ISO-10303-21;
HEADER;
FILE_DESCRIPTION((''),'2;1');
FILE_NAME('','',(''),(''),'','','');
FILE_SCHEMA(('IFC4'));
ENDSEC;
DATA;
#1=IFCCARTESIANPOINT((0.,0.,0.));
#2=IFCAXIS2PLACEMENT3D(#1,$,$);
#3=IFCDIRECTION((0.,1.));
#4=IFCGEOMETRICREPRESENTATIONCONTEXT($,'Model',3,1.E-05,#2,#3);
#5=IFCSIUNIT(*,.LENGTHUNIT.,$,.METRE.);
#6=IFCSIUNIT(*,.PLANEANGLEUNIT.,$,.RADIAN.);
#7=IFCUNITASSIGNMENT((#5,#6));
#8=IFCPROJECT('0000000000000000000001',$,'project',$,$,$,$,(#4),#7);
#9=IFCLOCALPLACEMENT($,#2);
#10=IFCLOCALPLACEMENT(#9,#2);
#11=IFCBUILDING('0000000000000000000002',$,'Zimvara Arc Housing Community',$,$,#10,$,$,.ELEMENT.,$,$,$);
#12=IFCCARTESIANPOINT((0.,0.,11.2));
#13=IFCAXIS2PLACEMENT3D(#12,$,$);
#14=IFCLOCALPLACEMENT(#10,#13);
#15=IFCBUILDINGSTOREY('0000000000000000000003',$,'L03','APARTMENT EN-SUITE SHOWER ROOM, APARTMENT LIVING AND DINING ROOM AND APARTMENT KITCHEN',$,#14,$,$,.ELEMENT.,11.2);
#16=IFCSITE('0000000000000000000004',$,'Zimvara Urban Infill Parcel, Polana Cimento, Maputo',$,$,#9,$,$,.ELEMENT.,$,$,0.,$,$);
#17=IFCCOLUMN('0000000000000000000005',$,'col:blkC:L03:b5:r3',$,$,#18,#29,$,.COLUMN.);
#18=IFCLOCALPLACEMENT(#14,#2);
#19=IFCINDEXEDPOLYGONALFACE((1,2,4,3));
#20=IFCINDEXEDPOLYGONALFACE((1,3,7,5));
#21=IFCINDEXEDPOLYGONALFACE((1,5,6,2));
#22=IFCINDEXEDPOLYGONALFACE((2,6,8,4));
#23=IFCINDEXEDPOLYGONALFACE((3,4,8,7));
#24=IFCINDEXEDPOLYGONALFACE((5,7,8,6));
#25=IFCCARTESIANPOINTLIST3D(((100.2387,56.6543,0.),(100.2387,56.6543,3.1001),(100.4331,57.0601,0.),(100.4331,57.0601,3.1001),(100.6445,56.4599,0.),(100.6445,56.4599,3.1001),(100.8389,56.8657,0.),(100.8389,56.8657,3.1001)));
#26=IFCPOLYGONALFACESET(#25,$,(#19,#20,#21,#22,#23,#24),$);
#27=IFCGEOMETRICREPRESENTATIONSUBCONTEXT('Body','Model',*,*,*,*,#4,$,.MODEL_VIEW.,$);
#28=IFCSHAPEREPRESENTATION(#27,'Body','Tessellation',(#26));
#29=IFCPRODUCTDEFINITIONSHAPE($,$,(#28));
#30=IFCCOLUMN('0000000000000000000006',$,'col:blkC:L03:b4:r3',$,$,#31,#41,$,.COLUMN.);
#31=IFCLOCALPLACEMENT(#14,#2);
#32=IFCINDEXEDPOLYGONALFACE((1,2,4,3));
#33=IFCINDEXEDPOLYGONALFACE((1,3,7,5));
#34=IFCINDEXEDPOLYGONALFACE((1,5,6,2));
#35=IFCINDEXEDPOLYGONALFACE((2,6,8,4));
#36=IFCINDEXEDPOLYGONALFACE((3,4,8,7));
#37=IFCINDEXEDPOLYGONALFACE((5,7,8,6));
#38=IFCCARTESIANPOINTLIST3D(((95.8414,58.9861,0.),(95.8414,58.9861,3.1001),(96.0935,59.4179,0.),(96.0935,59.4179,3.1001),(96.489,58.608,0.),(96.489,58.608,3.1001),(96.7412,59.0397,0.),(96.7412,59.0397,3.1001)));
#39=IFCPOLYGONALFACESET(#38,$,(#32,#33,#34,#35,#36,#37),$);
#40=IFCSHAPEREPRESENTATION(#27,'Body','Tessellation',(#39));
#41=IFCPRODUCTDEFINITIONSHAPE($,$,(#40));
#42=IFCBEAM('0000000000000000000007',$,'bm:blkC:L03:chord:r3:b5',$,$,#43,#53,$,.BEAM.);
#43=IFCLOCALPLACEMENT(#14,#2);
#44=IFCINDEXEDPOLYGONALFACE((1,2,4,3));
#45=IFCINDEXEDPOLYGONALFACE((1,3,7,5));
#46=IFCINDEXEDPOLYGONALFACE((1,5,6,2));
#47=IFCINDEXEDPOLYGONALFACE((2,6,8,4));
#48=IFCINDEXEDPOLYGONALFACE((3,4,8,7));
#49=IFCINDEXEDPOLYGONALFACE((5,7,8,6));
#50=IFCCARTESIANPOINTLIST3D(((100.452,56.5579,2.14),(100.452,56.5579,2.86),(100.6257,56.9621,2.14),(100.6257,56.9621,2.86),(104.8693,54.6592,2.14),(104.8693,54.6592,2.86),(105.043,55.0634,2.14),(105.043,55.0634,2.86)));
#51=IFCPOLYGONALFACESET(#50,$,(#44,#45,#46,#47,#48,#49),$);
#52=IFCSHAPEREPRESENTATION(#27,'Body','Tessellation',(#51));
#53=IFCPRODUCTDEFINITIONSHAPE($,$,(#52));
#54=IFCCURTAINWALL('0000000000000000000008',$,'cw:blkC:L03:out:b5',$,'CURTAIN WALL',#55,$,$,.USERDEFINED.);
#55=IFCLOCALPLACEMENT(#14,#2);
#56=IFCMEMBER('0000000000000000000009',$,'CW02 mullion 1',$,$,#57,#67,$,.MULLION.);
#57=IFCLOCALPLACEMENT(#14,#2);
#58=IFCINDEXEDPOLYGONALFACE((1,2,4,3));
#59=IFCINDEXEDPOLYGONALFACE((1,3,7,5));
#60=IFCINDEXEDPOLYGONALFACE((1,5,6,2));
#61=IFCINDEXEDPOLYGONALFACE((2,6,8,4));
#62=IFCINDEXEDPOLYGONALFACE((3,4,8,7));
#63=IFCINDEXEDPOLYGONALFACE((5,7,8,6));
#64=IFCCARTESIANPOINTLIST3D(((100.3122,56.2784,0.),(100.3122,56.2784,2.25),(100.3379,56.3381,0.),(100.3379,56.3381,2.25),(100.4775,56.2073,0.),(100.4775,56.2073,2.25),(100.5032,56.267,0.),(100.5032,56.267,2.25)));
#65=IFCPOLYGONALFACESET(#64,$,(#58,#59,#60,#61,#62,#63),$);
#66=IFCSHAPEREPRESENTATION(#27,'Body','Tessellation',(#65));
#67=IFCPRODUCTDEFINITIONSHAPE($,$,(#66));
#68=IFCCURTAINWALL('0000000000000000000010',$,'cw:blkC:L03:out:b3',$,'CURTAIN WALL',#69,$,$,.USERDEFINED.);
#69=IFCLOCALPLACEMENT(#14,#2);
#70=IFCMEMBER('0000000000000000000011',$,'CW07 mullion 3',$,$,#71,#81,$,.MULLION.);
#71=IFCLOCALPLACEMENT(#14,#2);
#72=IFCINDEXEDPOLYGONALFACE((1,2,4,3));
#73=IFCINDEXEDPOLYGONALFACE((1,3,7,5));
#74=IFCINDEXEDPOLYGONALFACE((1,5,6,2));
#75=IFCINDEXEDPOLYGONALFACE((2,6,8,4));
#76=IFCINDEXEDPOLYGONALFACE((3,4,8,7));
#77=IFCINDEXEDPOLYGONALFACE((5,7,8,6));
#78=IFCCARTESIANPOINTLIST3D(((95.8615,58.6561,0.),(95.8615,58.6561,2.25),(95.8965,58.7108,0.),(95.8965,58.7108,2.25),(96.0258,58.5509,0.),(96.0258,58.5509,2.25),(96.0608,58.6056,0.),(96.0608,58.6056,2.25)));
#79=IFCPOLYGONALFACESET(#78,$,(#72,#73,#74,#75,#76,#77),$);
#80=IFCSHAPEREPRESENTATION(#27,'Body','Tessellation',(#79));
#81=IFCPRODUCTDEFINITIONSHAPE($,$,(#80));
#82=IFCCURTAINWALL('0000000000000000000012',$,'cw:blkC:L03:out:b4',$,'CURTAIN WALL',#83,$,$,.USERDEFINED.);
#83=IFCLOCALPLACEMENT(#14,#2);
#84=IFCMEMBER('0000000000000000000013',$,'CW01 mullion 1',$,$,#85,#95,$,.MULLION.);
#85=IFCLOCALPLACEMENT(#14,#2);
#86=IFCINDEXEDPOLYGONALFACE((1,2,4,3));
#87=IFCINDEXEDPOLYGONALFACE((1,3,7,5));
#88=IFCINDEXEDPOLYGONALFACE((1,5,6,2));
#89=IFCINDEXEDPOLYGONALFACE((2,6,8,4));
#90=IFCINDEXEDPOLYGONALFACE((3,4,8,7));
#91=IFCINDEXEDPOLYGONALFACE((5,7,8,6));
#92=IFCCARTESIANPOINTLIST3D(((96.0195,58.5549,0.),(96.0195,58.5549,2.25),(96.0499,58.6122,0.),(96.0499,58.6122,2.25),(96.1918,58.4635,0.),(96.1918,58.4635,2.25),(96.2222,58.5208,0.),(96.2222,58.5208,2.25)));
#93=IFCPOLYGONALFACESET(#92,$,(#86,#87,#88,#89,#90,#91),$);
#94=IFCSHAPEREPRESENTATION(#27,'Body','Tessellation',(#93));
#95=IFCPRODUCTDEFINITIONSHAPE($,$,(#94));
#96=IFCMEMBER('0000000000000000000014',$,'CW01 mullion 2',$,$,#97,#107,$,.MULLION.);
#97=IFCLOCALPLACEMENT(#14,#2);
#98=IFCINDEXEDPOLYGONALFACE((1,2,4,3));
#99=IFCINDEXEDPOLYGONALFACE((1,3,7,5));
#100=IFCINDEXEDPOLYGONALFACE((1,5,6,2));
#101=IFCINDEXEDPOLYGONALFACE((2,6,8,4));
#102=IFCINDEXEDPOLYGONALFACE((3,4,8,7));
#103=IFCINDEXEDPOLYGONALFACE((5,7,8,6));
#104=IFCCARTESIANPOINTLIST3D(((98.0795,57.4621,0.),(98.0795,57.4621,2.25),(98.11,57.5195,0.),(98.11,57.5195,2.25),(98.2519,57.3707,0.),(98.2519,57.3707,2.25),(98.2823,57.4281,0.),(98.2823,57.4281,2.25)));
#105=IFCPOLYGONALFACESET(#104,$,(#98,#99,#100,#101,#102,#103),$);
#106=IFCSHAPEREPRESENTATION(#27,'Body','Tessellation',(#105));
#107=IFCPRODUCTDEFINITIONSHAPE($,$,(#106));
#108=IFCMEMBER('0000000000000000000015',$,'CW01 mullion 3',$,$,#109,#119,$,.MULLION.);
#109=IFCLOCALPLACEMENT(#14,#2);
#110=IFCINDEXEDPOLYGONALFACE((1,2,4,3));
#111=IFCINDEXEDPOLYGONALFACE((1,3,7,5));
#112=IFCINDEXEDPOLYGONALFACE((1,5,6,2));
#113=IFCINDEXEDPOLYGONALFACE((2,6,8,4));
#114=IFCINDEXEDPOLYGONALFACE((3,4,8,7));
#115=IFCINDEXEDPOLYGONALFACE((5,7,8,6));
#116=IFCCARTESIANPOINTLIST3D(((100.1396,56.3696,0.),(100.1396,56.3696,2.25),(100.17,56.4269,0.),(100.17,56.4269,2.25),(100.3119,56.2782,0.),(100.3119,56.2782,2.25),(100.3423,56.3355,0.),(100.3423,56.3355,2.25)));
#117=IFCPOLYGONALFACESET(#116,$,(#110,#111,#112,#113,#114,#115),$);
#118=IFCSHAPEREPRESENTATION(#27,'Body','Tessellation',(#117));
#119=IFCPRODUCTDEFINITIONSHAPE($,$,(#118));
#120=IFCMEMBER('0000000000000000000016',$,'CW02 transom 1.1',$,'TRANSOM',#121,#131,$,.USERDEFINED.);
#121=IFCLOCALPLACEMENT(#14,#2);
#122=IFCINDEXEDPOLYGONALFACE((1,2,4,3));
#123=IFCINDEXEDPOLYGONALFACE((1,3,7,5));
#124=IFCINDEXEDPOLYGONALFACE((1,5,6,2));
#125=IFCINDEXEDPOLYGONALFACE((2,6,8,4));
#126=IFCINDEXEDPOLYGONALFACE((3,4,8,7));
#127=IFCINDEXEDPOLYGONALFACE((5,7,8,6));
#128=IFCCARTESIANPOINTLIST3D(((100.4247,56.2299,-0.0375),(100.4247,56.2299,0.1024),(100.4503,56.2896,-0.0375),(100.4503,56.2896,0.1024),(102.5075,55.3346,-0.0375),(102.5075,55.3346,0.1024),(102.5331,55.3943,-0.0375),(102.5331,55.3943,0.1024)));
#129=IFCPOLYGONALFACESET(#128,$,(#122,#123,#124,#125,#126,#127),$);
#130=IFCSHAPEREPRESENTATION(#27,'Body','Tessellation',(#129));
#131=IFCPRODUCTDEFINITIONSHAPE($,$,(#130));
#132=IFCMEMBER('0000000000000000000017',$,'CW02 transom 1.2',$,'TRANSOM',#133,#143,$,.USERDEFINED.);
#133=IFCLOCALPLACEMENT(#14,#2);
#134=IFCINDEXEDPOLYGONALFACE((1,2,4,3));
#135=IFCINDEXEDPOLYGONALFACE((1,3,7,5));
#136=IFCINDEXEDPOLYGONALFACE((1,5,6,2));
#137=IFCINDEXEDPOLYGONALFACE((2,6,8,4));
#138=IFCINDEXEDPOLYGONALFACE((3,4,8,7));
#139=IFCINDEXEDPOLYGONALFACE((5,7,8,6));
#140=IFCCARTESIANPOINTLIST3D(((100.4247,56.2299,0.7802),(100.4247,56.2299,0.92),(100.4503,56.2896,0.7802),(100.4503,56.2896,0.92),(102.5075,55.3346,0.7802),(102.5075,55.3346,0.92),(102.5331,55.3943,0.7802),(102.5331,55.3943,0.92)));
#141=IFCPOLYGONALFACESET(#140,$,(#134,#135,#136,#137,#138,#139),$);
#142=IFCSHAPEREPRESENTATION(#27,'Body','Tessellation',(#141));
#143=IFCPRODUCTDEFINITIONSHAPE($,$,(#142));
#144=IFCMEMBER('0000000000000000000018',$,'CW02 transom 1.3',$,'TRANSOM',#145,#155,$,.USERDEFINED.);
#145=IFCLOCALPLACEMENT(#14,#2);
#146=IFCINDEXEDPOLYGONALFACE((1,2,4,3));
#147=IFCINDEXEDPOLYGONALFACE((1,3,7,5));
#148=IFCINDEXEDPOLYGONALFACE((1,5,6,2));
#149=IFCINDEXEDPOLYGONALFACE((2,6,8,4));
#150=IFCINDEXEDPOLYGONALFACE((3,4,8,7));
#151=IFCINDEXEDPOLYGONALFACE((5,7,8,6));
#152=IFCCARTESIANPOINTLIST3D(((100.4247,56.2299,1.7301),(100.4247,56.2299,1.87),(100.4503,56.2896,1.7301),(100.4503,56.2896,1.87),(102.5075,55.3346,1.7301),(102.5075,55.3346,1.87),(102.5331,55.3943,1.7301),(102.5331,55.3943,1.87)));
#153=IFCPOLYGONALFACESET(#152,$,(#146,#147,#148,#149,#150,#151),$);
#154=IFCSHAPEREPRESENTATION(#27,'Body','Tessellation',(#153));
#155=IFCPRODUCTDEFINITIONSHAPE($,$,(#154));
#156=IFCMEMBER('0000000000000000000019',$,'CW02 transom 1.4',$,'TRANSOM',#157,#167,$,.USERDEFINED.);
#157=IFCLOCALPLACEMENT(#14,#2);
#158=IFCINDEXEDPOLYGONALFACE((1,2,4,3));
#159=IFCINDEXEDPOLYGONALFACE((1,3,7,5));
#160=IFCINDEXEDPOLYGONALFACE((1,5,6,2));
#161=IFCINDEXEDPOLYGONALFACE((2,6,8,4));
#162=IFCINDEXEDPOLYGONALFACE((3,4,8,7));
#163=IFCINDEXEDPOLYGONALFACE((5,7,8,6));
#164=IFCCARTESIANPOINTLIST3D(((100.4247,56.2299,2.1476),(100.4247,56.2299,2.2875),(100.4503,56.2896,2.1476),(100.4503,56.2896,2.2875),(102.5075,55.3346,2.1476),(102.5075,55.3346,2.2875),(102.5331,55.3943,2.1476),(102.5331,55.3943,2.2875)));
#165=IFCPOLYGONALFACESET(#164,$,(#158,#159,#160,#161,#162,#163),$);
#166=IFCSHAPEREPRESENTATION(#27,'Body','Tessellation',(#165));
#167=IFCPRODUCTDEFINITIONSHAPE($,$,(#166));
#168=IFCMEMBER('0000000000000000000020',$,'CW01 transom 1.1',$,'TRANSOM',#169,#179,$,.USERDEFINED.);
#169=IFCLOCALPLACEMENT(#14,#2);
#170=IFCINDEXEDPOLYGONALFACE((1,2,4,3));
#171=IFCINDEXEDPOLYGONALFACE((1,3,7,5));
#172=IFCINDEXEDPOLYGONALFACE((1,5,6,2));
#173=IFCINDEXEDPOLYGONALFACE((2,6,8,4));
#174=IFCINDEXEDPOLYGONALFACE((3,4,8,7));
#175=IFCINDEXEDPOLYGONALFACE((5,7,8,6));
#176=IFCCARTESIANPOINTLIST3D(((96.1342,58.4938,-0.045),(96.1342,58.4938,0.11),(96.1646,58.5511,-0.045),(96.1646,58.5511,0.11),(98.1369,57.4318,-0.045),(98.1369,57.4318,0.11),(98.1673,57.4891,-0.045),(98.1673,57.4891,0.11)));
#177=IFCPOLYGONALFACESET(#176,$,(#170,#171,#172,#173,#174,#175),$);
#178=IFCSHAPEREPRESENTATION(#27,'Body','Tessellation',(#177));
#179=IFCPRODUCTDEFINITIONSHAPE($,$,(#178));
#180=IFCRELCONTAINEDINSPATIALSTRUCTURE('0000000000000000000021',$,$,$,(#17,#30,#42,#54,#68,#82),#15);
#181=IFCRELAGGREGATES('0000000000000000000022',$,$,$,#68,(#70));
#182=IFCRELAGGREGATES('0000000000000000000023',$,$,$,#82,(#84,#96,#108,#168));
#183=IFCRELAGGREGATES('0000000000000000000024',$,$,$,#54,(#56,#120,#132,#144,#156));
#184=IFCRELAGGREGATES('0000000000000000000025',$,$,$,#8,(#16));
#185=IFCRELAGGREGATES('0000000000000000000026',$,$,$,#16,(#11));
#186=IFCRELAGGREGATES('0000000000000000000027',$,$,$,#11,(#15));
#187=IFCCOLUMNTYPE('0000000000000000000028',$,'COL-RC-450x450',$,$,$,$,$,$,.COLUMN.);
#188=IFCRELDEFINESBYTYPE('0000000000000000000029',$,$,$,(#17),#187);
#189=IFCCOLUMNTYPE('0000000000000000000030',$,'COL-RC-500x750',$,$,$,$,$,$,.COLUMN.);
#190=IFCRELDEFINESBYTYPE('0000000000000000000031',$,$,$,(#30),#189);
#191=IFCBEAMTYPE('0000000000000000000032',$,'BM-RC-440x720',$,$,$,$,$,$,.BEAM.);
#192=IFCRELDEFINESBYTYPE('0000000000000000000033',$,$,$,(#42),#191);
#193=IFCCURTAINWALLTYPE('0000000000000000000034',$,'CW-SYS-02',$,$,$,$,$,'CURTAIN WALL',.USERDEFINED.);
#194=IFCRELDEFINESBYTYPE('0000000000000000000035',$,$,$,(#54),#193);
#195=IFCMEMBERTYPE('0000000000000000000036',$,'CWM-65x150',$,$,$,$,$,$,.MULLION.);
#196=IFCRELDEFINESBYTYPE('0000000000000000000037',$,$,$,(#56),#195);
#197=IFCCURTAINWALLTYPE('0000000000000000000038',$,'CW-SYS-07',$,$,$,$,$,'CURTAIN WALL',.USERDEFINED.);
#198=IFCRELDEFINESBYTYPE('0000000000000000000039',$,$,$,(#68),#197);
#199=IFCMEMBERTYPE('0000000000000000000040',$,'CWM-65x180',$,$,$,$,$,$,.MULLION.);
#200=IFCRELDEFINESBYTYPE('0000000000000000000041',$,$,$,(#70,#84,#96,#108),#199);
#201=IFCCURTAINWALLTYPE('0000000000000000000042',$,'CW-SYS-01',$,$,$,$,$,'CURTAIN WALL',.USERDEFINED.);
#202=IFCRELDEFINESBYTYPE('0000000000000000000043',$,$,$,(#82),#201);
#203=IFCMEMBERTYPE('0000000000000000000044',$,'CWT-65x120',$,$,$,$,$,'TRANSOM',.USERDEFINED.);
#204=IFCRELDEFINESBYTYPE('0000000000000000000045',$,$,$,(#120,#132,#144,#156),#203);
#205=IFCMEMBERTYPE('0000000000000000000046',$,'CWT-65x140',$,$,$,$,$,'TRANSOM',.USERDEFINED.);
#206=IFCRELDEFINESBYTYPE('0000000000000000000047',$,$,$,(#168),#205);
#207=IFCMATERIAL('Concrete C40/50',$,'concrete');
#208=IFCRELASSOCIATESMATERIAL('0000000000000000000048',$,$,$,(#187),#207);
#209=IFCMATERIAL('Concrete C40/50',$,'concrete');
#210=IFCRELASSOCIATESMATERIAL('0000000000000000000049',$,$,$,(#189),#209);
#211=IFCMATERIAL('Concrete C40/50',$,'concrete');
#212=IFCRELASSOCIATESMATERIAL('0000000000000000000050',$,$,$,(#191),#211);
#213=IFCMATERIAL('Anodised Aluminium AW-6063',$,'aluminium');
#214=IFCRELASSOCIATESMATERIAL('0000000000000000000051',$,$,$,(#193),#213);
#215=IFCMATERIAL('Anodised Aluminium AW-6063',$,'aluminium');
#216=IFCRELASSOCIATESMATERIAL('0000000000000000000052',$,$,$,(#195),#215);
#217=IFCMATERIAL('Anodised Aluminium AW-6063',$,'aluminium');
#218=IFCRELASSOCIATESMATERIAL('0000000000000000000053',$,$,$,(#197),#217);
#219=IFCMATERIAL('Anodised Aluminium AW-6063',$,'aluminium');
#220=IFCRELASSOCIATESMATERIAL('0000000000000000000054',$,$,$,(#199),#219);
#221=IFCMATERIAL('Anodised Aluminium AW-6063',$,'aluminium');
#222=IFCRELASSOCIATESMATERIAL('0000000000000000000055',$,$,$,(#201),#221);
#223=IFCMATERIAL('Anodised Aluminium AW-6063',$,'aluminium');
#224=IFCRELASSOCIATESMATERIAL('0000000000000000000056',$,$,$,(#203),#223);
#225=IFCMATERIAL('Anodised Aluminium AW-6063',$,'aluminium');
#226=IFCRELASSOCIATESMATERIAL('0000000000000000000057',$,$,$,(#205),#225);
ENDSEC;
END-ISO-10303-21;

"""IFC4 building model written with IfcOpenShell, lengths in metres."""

from ifc_helpers import new_model, si_unit, direction, frame, origin, origin_2d, place, context, subcontext, project, spatial, rectangle, extrude, material, material_profile, profile_set, type_object, element, aggregate, save


model = new_model("IFC4")

# Units and contexts
model_context = context("Model", 3, precision=1e-05, world=origin(), true_north=direction((0.0, 1.0)))
body_context = subcontext(model_context, "Body", "Model", "MODEL_VIEW")
ifc_project = project(units=[si_unit("LENGTHUNIT", "METRE"), si_unit("PLANEANGLEUNIT", "RADIAN")], contexts=[model_context])

# Site, building, storey
site_placement = place(None, origin())
site = spatial("IfcSite", under=ifc_project, at=site_placement, Name="Zimvara Urban Infill Parcel, Polana Cimento, Maputo", CompositionType="ELEMENT", RefElevation=0.0)
building_placement = place(site_placement, origin())
building = spatial("IfcBuilding", under=site, at=building_placement, Name="Zimvara Arc Housing Community", CompositionType="ELEMENT")
storey_placement = place(building_placement, frame((0.0, 0.0, 11.2)))
storey = spatial("IfcBuildingStorey", under=building, at=storey_placement, Name="L03", Description="APARTMENT EN-SUITE SHOWER ROOM, APARTMENT LIVING AND DINING ROOM AND APARTMENT KITCHEN", CompositionType="ELEMENT", Elevation=11.2)

# Columns
ifc_material_1 = material(Name="Concrete C40/50", Category="concrete")
ifc_material_profile_1 = material_profile(ifc_material_1, rectangle(XDim=0.45, YDim=0.45, at=origin_2d()), Name="RC 450x450")
ifc_profile_set_1 = profile_set([ifc_material_profile_1], Name="Concrete C40/50")
column_type_1 = type_object("IfcColumnType", Name="COL-RC-450x450", PredefinedType="COLUMN", material=ifc_profile_set_1)
column_1_placement = place(storey_placement, frame((100.5388, 56.76, 0.0), z_axis=(0.0, 0.0, 1.0), x_axis=(-0.432086, -0.901833, 0.0)))
element("IfcColumn", 1, at=column_1_placement, inside=storey, type_object=column_type_1, Name="col:blkC:L03:b5:r3", PredefinedType="COLUMN", context=body_context, shape_type="SweptSolid", body=[
    extrude(rectangle(XDim=0.45, YDim=0.45, at=origin_2d()), origin(), (0.0, 0.0, 1.0), 3.1001),
])
ifc_material_2 = material(Name="Concrete C40/50", Category="concrete")
ifc_material_profile_2 = material_profile(ifc_material_2, rectangle(XDim=0.5, YDim=0.75, at=origin_2d()), Name="RC 500x750")
ifc_profile_set_2 = profile_set([ifc_material_profile_2], Name="Concrete C40/50")
column_type_2 = type_object("IfcColumnType", Name="COL-RC-500x750", PredefinedType="COLUMN", material=ifc_profile_set_2)
column_2_placement = place(storey_placement, frame((96.2913, 59.0129, 0.0), z_axis=(0.0, 0.0, 1.0), x_axis=(-0.504226, -0.863572, 0.0)))
element("IfcColumn", 2, at=column_2_placement, inside=storey, type_object=column_type_2, Name="col:blkC:L03:b4:r3", PredefinedType="COLUMN", context=body_context, shape_type="SweptSolid", body=[
    extrude(rectangle(XDim=0.5, YDim=0.75, at=origin_2d()), origin(), (0.0, 0.0, 1.0), 3.1001),
])

# Beam
ifc_material_3 = material(Name="Concrete C40/50", Category="concrete")
ifc_material_profile_3 = material_profile(ifc_material_3, rectangle(XDim=0.4399, YDim=0.72, at=origin_2d()), Name="RC 440x720")
ifc_profile_set_3 = profile_set([ifc_material_profile_3], Name="Concrete C40/50")
beam_type = type_object("IfcBeamType", Name="BM-RC-440x720", PredefinedType="BEAM", material=ifc_profile_set_3)
beam_placement = place(storey_placement, frame((100.5388, 56.76, 2.5), z_axis=(0.918724, -0.3949, 0.0), x_axis=(0.3949, 0.918724, 0.0)))
element("IfcBeam", 3, at=beam_placement, inside=storey, type_object=beam_type, Name="bm:blkC:L03:chord:r3:b5", PredefinedType="BEAM", context=body_context, shape_type="SweptSolid", body=[
    extrude(rectangle(XDim=0.4399, YDim=0.72, at=origin_2d()), origin(), (0.0, 0.0, 1.0), 4.8081),
])

# Curtain walls, members
ifc_material_4 = material(Name="Anodised Aluminium AW-6063", Category="aluminium")
curtain_wall_type_1 = type_object("IfcCurtainWallType", Name="CW-SYS-02", ElementType="CURTAIN WALL", PredefinedType="USERDEFINED", material=ifc_material_4)
curtain_wall_1_placement = place(storey_placement, origin())
curtain_wall_1 = element("IfcCurtainWall", 4, at=curtain_wall_1_placement, inside=storey, type_object=curtain_wall_type_1, Name="cw:blkC:L03:out:b5", ObjectType="CURTAIN WALL", PredefinedType="USERDEFINED")
ifc_material_5 = material(Name="Anodised Aluminium AW-6063", Category="aluminium")
ifc_material_profile_4 = material_profile(ifc_material_5, rectangle(XDim=0.0649, YDim=0.1799, at=origin_2d()), Name="ALU 65x180")
ifc_profile_set_4 = profile_set([ifc_material_profile_4], Name="Anodised Aluminium AW-6063")
member_type_1 = type_object("IfcMemberType", Name="CWM-65x150", PredefinedType="MULLION", material=ifc_profile_set_4)
member_1_placement = place(storey_placement, frame((100.4077, 56.2727, 0.0), z_axis=(0.0, 0.0, 1.0), x_axis=(0.394904, 0.918722, 0.0)))
member_1 = element("IfcMember", 5, at=member_1_placement, type_object=member_type_1, Name="CW02 mullion 1", PredefinedType="MULLION", context=body_context, shape_type="SweptSolid", body=[
    extrude(rectangle(XDim=0.0649, YDim=0.1799, at=origin_2d()), origin(), (0.0, 0.0, 1.0), 2.25),
])
ifc_material_6 = material(Name="Anodised Aluminium AW-6063", Category="aluminium")
curtain_wall_type_2 = type_object("IfcCurtainWallType", Name="CW-SYS-07", ElementType="CURTAIN WALL", PredefinedType="USERDEFINED", material=ifc_material_6)
curtain_wall_2_placement = place(storey_placement, origin())
curtain_wall_2 = element("IfcCurtainWall", 6, at=curtain_wall_2_placement, inside=storey, type_object=curtain_wall_type_2, Name="cw:blkC:L03:out:b3", ObjectType="CURTAIN WALL", PredefinedType="USERDEFINED")
ifc_material_7 = material(Name="Anodised Aluminium AW-6063", Category="aluminium")
ifc_material_profile_5 = material_profile(ifc_material_7, rectangle(XDim=0.0649, YDim=0.1951, at=origin_2d()), Name="ALU 65x195")
ifc_profile_set_5 = profile_set([ifc_material_profile_5], Name="Anodised Aluminium AW-6063")
member_type_2 = type_object("IfcMemberType", Name="CWM-65x180", PredefinedType="MULLION", material=ifc_profile_set_5)
member_2_placement = place(storey_placement, frame((95.9612, 58.6309, 0.0), z_axis=(0.0, 0.0, 1.0), x_axis=(0.539065, 0.842264, 0.0)))
member_2 = element("IfcMember", 7, at=member_2_placement, type_object=member_type_2, Name="CW07 mullion 3", PredefinedType="MULLION", context=body_context, shape_type="SweptSolid", body=[
    extrude(rectangle(XDim=0.0649, YDim=0.1951, at=origin_2d()), origin(), (0.0, 0.0, 1.0), 2.25),
])
aggregate(curtain_wall_2, [member_2])

# Curtain wall, members
ifc_material_8 = material(Name="Anodised Aluminium AW-6063", Category="aluminium")
curtain_wall_type_3 = type_object("IfcCurtainWallType", Name="CW-SYS-01", ElementType="CURTAIN WALL", PredefinedType="USERDEFINED", material=ifc_material_8)
curtain_wall_3_placement = place(storey_placement, origin())
curtain_wall_3 = element("IfcCurtainWall", 8, at=curtain_wall_3_placement, inside=storey, type_object=curtain_wall_type_3, Name="cw:blkC:L03:out:b4", ObjectType="CURTAIN WALL", PredefinedType="USERDEFINED")
member_3_placement = place(storey_placement, frame((96.1208, 58.5378, 0.0), z_axis=(0.0, 0.0, 1.0), x_axis=(0.468547, 0.883439, 0.0)))
member_3 = element("IfcMember", 9, at=member_3_placement, type_object=member_type_2, Name="CW01 mullion 1", PredefinedType="MULLION", context=body_context, shape_type="SweptSolid", body=[
    extrude(rectangle(XDim=0.0649, YDim=0.1951, at=origin_2d()), origin(), (0.0, 0.0, 1.0), 2.25),
])
member_4_placement = place(storey_placement, frame((98.1809, 57.4451, 0.0), z_axis=(0.0, 0.0, 1.0), x_axis=(0.468547, 0.883439, 0.0)))
member_4 = element("IfcMember", 10, at=member_4_placement, type_object=member_type_2, Name="CW01 mullion 2", PredefinedType="MULLION", context=body_context, shape_type="SweptSolid", body=[
    extrude(rectangle(XDim=0.0649, YDim=0.1951, at=origin_2d()), origin(), (0.0, 0.0, 1.0), 2.25),
])
member_5_placement = place(storey_placement, frame((100.241, 56.3525, 0.0), z_axis=(0.0, 0.0, 1.0), x_axis=(0.468547, 0.883439, 0.0)))
member_5 = element("IfcMember", 11, at=member_5_placement, type_object=member_type_2, Name="CW01 mullion 3", PredefinedType="MULLION", context=body_context, shape_type="SweptSolid", body=[
    extrude(rectangle(XDim=0.0649, YDim=0.1951, at=origin_2d()), origin(), (0.0, 0.0, 1.0), 2.25),
])

# Members
ifc_material_9 = material(Name="Anodised Aluminium AW-6063", Category="aluminium")
ifc_material_profile_6 = material_profile(ifc_material_9, rectangle(XDim=0.0649, YDim=0.1399, at=origin_2d()), Name="ALU 65x140")
ifc_profile_set_6 = profile_set([ifc_material_profile_6], Name="Anodised Aluminium AW-6063")
member_type_3 = type_object("IfcMemberType", Name="CWT-65x120", ElementType="TRANSOM", PredefinedType="USERDEFINED", material=ifc_profile_set_6)
member_6_placement = place(storey_placement, frame((100.4375, 56.2598, 0.0325), z_axis=(0.918721, -0.394907, 0.0), x_axis=(0.394907, 0.918721, 0.0)))
member_6 = element("IfcMember", 12, at=member_6_placement, type_object=member_type_3, Name="CW02 transom 1.1", ObjectType="TRANSOM", PredefinedType="USERDEFINED", context=body_context, shape_type="SweptSolid", body=[
    extrude(rectangle(XDim=0.0649, YDim=0.1399, at=origin_2d()), origin(), (0.0, 0.0, 1.0), 2.2671),
])
member_7_placement = place(storey_placement, frame((100.4375, 56.2598, 0.8501), z_axis=(0.918721, -0.394907, 0.0), x_axis=(0.394907, 0.918721, 0.0)))
member_7 = element("IfcMember", 13, at=member_7_placement, type_object=member_type_3, Name="CW02 transom 1.2", ObjectType="TRANSOM", PredefinedType="USERDEFINED", context=body_context, shape_type="SweptSolid", body=[
    extrude(rectangle(XDim=0.0649, YDim=0.1399, at=origin_2d()), origin(), (0.0, 0.0, 1.0), 2.2671),
])
member_8_placement = place(storey_placement, frame((100.4375, 56.2598, 1.8), z_axis=(0.918721, -0.394907, 0.0), x_axis=(0.394907, 0.918721, 0.0)))
member_8 = element("IfcMember", 14, at=member_8_placement, type_object=member_type_3, Name="CW02 transom 1.3", ObjectType="TRANSOM", PredefinedType="USERDEFINED", context=body_context, shape_type="SweptSolid", body=[
    extrude(rectangle(XDim=0.0649, YDim=0.1399, at=origin_2d()), origin(), (0.0, 0.0, 1.0), 2.2671),
])
member_9_placement = place(storey_placement, frame((100.4375, 56.2598, 2.2175), z_axis=(0.918721, -0.394907, 0.0), x_axis=(0.394907, 0.918721, 0.0)))
member_9 = element("IfcMember", 15, at=member_9_placement, type_object=member_type_3, Name="CW02 transom 1.4", ObjectType="TRANSOM", PredefinedType="USERDEFINED", context=body_context, shape_type="SweptSolid", body=[
    extrude(rectangle(XDim=0.0649, YDim=0.1399, at=origin_2d()), origin(), (0.0, 0.0, 1.0), 2.2671),
])
ifc_material_10 = material(Name="Anodised Aluminium AW-6063", Category="aluminium")
ifc_material_profile_7 = material_profile(ifc_material_10, rectangle(XDim=0.0649, YDim=0.155, at=origin_2d()), Name="ALU 65x155")
ifc_profile_set_7 = profile_set([ifc_material_profile_7], Name="Anodised Aluminium AW-6063")
member_type_4 = type_object("IfcMemberType", Name="CWT-65x140", ElementType="TRANSOM", PredefinedType="USERDEFINED", material=ifc_profile_set_7)
member_10_placement = place(storey_placement, frame((96.1494, 58.5225, 0.0325), z_axis=(0.883465, -0.468496, 0.0), x_axis=(0.468496, 0.883465, 0.0)))
member_10 = element("IfcMember", 16, at=member_10_placement, type_object=member_type_4, Name="CW01 transom 1.1", ObjectType="TRANSOM", PredefinedType="USERDEFINED", context=body_context, shape_type="SweptSolid", body=[
    extrude(rectangle(XDim=0.0649, YDim=0.155, at=origin_2d()), origin(), (0.0, 0.0, 1.0), 2.2668),
])

aggregate(curtain_wall_3, [member_3, member_4, member_5, member_10])
aggregate(curtain_wall_1, [member_1, member_6, member_7, member_8, member_9])

save(model, "model.ifc")
